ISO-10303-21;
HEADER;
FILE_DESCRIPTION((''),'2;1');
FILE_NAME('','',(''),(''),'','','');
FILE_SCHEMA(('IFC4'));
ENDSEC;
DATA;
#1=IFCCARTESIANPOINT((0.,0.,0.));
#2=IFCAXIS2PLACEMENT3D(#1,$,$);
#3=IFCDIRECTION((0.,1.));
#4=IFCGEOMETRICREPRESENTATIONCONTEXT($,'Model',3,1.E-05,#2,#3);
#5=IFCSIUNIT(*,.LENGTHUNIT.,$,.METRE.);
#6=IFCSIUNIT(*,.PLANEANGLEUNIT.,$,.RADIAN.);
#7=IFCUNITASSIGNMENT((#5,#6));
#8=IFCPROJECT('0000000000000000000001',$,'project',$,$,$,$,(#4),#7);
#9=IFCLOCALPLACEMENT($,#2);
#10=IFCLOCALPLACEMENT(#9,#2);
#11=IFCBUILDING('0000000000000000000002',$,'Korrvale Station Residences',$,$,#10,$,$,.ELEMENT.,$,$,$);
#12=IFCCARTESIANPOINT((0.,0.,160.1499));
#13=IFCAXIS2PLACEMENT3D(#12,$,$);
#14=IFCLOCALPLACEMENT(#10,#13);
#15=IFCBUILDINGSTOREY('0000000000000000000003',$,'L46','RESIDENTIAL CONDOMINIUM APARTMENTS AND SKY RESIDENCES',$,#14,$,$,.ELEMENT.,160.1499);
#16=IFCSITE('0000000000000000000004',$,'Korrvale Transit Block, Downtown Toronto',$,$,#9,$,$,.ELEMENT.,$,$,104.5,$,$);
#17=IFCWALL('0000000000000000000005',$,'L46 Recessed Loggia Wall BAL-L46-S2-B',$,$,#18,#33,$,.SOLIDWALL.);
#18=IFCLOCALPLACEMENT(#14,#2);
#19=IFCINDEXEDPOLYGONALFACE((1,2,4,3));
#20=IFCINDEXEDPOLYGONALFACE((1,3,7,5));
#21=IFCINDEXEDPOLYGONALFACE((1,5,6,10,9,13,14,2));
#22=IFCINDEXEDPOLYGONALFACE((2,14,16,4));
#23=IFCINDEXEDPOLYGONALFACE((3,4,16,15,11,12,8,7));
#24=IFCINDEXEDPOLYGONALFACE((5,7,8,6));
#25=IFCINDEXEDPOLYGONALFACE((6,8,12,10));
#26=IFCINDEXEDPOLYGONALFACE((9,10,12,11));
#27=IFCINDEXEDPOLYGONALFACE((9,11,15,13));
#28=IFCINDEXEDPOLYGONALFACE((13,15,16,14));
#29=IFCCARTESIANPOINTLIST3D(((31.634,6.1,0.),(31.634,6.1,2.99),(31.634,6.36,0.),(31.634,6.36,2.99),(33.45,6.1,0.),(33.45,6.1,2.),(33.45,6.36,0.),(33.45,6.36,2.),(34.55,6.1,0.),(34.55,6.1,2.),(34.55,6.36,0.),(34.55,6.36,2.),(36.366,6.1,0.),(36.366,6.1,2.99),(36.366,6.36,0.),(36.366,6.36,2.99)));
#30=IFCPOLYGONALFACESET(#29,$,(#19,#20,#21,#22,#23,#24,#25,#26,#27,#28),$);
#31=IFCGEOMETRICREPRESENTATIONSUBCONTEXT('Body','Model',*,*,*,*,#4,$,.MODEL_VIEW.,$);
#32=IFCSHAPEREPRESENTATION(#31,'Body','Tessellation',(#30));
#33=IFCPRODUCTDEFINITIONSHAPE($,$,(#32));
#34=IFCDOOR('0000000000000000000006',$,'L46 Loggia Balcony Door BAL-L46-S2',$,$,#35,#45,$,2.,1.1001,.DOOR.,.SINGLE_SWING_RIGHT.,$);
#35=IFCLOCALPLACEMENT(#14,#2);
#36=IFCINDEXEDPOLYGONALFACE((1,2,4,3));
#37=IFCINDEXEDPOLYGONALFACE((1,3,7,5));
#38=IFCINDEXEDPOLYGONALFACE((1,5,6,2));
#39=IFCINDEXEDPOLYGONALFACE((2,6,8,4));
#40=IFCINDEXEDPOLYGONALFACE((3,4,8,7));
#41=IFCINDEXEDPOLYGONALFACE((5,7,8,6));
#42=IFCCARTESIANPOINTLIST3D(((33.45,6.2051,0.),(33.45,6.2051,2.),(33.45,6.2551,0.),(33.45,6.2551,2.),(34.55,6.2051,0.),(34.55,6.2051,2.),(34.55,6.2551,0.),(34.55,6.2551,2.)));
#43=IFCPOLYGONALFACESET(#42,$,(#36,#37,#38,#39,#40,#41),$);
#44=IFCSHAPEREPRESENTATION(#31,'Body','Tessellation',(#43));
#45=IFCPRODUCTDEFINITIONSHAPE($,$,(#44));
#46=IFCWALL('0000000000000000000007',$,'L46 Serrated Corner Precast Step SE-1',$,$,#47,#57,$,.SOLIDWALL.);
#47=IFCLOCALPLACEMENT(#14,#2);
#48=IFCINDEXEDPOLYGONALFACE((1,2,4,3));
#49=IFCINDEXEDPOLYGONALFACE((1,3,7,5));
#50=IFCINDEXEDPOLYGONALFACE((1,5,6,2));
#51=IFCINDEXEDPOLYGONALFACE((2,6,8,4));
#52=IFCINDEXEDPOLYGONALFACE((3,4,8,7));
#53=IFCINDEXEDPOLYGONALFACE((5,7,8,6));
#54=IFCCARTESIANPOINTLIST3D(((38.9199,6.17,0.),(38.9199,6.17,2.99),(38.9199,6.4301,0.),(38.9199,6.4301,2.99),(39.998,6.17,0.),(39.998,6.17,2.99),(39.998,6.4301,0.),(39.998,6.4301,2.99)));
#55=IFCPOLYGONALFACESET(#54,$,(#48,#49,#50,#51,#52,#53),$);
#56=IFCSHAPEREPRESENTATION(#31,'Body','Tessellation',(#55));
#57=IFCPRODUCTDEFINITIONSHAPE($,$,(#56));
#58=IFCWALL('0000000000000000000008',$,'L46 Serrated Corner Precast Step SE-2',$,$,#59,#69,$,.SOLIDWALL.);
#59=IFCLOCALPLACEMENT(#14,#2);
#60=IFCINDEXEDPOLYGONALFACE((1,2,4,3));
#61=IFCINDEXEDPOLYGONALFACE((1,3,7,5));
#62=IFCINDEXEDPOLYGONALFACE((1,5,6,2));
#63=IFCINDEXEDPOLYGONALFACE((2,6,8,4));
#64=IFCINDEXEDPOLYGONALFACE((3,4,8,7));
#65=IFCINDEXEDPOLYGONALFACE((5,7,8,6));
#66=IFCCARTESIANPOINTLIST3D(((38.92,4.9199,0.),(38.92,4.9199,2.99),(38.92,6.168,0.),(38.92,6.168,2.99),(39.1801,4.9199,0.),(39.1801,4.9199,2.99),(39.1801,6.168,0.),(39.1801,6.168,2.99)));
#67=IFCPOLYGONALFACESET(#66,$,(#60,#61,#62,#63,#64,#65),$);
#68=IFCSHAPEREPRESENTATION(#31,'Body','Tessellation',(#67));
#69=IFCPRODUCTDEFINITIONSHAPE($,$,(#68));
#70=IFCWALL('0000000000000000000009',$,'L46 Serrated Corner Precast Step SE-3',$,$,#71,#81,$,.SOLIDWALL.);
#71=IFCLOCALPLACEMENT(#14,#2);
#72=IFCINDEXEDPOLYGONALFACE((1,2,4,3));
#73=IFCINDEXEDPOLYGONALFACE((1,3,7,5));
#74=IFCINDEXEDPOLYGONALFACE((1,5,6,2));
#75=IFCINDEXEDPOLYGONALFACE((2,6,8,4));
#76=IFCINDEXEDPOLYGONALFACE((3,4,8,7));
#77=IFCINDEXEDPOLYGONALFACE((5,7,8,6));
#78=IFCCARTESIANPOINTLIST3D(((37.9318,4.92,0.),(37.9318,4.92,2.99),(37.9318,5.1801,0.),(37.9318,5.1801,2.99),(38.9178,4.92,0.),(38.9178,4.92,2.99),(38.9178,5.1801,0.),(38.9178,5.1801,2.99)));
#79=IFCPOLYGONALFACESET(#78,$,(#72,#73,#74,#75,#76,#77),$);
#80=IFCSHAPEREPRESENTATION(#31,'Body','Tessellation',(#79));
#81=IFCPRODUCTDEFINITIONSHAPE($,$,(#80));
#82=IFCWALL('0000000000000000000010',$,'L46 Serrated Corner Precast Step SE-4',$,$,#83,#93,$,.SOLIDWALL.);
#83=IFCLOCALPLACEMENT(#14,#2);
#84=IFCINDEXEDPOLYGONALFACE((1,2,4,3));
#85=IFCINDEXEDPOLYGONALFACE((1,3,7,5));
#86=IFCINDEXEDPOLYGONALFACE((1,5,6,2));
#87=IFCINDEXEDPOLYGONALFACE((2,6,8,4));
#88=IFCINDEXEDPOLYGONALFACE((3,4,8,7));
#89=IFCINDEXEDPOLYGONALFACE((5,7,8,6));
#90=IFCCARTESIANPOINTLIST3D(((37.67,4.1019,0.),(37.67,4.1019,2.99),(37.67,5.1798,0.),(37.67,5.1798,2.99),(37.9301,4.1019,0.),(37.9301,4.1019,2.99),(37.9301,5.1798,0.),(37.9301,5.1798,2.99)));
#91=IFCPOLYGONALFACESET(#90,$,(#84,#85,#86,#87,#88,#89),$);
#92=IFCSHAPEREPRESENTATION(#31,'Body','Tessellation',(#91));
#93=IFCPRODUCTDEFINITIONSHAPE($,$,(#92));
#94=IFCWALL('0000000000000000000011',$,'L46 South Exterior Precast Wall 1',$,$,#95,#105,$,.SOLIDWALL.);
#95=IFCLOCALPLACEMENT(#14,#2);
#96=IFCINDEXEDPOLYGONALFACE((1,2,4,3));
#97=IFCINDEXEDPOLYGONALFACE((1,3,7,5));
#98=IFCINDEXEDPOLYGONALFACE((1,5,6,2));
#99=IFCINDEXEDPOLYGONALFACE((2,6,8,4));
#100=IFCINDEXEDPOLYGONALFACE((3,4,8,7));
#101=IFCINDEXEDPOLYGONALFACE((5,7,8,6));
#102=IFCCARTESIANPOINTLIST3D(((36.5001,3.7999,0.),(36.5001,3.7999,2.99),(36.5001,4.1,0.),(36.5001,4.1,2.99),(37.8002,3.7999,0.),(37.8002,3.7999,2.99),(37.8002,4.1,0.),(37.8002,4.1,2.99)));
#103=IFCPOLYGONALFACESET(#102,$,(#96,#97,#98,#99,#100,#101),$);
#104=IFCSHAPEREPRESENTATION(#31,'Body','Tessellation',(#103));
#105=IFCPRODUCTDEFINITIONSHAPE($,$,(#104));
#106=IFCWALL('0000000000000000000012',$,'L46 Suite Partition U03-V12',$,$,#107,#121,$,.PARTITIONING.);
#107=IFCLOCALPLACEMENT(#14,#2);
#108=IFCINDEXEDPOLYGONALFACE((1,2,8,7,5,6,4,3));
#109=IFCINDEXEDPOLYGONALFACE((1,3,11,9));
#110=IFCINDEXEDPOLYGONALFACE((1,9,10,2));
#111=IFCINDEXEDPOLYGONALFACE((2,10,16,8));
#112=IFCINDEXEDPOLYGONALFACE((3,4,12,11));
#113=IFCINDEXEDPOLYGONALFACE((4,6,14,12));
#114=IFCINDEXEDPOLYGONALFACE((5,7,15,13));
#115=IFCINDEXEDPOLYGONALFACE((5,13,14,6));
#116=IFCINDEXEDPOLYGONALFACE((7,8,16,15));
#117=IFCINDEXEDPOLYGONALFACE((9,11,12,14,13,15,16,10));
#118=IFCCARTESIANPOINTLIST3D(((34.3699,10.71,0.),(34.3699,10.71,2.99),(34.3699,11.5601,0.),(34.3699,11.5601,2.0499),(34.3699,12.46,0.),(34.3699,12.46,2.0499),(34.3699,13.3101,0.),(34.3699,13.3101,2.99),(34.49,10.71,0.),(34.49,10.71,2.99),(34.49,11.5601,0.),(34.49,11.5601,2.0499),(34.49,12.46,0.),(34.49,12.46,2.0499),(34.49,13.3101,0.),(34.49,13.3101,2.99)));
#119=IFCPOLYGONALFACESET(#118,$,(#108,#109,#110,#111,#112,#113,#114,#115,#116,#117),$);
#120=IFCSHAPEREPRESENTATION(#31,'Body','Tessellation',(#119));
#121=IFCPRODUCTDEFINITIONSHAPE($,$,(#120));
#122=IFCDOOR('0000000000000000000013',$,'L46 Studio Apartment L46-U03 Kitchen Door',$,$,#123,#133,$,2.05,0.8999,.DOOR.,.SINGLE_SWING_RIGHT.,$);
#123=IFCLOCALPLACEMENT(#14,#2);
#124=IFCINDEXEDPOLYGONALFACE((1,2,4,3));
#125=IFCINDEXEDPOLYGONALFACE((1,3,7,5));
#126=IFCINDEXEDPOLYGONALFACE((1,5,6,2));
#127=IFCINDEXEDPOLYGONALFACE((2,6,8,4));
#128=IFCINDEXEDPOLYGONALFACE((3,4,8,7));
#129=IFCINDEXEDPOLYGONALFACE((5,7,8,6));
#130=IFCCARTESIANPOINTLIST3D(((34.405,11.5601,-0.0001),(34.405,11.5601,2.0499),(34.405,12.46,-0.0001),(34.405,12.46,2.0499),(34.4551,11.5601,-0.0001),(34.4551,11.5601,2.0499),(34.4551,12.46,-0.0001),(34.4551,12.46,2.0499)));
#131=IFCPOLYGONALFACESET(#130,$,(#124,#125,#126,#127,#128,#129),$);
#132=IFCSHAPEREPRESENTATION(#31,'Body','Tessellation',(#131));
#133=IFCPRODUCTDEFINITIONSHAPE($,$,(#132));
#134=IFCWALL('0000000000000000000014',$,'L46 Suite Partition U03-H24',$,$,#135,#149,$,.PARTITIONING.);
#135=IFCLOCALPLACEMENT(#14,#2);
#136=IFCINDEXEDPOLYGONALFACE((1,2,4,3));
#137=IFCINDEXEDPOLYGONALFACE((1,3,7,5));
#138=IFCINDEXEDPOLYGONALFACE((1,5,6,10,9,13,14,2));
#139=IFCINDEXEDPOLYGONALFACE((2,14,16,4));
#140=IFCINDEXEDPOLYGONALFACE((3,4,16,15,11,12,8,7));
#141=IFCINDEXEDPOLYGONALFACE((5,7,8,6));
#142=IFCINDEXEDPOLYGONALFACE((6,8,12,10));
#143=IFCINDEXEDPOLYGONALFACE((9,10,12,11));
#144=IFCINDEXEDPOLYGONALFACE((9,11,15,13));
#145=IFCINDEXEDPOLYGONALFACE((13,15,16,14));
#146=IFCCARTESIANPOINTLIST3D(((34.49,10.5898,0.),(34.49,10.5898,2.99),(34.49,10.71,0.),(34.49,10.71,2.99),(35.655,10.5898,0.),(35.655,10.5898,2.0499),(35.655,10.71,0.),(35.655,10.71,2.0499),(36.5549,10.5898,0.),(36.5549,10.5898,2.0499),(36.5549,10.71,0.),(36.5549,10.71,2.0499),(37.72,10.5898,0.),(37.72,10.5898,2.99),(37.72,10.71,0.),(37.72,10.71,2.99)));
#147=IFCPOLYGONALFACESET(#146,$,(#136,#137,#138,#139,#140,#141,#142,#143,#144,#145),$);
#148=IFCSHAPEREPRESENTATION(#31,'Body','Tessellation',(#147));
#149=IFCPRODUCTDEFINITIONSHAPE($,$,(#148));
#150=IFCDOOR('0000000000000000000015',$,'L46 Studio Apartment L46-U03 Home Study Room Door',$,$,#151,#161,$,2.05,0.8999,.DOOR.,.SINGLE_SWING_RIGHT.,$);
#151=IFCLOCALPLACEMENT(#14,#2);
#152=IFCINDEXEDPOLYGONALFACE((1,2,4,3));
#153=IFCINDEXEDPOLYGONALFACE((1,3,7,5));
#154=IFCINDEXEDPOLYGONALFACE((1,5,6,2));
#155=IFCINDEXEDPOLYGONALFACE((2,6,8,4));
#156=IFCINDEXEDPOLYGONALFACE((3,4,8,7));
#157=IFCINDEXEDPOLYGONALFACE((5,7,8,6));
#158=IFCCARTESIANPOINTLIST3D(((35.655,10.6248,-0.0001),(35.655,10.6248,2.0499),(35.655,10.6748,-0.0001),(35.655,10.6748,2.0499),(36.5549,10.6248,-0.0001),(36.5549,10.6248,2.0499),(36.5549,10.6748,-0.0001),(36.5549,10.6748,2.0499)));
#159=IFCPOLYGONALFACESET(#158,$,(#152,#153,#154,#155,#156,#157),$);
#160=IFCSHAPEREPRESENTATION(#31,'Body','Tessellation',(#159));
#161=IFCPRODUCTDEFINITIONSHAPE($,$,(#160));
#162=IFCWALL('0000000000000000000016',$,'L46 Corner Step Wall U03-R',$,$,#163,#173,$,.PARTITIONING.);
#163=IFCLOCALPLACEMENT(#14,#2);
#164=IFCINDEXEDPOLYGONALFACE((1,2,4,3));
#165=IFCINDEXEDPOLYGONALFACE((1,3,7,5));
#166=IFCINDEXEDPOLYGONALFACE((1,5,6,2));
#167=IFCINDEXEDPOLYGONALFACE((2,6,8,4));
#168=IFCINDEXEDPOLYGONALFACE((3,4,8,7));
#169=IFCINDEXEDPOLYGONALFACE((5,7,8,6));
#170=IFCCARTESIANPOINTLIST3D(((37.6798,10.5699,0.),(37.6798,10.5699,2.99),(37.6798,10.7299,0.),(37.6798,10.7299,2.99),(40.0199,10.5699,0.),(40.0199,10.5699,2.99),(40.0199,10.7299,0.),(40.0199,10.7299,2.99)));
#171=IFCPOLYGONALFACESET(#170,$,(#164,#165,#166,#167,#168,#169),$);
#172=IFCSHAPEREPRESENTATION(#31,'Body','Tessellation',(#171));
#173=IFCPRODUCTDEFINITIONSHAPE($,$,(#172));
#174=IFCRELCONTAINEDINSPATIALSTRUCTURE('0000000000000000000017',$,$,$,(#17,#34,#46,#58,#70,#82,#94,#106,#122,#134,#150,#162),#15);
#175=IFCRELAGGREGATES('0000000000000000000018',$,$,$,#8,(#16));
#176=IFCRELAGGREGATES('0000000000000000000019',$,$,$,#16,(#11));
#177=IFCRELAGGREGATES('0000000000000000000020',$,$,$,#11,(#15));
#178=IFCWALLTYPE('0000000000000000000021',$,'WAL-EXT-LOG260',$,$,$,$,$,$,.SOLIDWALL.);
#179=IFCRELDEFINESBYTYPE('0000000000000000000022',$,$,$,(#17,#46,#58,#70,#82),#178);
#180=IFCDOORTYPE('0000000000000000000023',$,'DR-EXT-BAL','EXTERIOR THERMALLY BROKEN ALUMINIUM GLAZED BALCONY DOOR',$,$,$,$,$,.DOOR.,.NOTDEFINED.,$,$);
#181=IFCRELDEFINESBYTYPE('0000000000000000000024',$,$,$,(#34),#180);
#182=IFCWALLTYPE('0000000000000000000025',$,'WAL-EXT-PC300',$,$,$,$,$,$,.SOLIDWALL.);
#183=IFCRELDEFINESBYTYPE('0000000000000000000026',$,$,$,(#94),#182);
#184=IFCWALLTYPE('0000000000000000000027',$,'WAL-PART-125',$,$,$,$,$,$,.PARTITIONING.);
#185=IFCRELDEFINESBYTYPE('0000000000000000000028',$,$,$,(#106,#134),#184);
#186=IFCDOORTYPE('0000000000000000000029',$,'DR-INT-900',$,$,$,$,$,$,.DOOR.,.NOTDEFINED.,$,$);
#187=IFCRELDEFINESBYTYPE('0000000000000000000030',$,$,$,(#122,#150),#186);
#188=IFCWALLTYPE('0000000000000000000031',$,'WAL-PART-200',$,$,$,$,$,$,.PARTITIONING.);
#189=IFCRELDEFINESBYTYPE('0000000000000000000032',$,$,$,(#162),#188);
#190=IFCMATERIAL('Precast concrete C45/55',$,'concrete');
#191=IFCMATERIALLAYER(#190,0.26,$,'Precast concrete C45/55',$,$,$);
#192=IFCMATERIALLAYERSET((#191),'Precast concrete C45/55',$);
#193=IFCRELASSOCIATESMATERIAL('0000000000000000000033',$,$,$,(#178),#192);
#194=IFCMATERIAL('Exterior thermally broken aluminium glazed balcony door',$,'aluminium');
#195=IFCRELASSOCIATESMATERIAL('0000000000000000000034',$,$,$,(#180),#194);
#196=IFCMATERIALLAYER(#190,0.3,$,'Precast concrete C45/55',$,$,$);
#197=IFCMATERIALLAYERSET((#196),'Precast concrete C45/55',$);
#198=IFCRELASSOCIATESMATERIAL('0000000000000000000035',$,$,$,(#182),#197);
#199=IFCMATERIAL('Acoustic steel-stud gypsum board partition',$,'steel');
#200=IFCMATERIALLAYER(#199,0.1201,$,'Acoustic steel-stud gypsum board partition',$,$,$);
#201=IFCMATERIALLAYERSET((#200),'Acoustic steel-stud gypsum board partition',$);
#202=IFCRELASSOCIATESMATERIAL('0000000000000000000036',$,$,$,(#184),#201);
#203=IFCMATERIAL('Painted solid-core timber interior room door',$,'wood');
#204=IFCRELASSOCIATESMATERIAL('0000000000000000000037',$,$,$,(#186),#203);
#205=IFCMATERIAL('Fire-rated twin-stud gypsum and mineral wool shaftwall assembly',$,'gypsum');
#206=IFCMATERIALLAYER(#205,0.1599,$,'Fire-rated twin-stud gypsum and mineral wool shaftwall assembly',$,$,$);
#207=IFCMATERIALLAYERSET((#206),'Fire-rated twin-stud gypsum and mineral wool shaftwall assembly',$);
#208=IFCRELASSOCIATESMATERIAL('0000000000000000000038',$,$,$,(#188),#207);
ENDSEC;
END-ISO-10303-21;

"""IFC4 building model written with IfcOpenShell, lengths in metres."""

from ifc_helpers import new_model, si_unit, direction, frame, frame_2d, origin, place, context, subcontext, project, spatial, rectangle, extrude, material, layer, layer_set, type_object, element, fill, save


model = new_model("IFC4")

# Units and contexts
model_context = context("Model", 3, precision=1e-05, world=origin(), true_north=direction((0.0, 1.0)))
body_context = subcontext(model_context, "Body", "Model", "MODEL_VIEW")
ifc_project = project(units=[si_unit("LENGTHUNIT", "METRE"), si_unit("PLANEANGLEUNIT", "RADIAN")], contexts=[model_context])

# Site, building, storey
site_placement = place(None, origin())
site = spatial("IfcSite", under=ifc_project, at=site_placement, Name="Korrvale Transit Block, Downtown Toronto", CompositionType="ELEMENT", RefElevation=104.5)
building_placement = place(site_placement, origin())
building = spatial("IfcBuilding", under=site, at=building_placement, Name="Korrvale Station Residences", CompositionType="ELEMENT")
storey_placement = place(building_placement, frame((0.0, 0.0, 160.1499)))
storey = spatial("IfcBuildingStorey", under=building, at=storey_placement, Name="L46", Description="RESIDENTIAL CONDOMINIUM APARTMENTS AND SKY RESIDENCES", CompositionType="ELEMENT", Elevation=160.1499)

# Shared definitions
ifc_material_1 = material(Name="Precast concrete C45/55", Category="concrete")
ifc_layer_1 = layer(ifc_material_1, 0.26, Name="Precast concrete C45/55")
ifc_layer_set_1 = layer_set([ifc_layer_1], Name="Precast concrete C45/55")
wall_type_1 = type_object("IfcWallType", Name="WAL-EXT-LOG260", PredefinedType="SOLIDWALL", material=ifc_layer_set_1)

# Wall, opening, door
wall_1_placement = place(storey_placement, frame((36.366, 6.23, 0.0), z_axis=(0.0, 0.0, 1.0), x_axis=(-1.0, 0.0, 0.0)))
wall_1 = element("IfcWall", 1, at=wall_1_placement, inside=storey, type_object=wall_type_1, Name="L46 Recessed Loggia Wall BAL-L46-S2-B", PredefinedType="SOLIDWALL", context=body_context, shape_type="SweptSolid", body=[
    extrude(rectangle(XDim=4.7319, YDim=0.26, at=frame_2d((2.366, 0.0))), origin(), (0.0, 0.0, 1.0), 2.99),
])
opening_1_placement = place(wall_1_placement, frame((1.8159, 0.0, 0.0)))
opening_1 = element("IfcOpeningElement", 2, at=opening_1_placement, cuts=wall_1, PredefinedType="OPENING", context=body_context, shape_type="SweptSolid", body=[
    extrude(rectangle(XDim=1.1001, YDim=2.0, at=frame_2d((0.55, 1.0))), frame((0.0, 0.1401, 0.0), z_axis=(0.0, -1.0, 0.0), x_axis=(1.0, 0.0, 0.0)), (0.0, 0.0, 1.0), 0.28),
])
ifc_material_2 = material(Name="Exterior thermally broken aluminium glazed balcony door", Category="aluminium")
door_type_1 = type_object("IfcDoorType", Name="DR-EXT-BAL", Description="EXTERIOR THERMALLY BROKEN ALUMINIUM GLAZED BALCONY DOOR", OperationType="NOTDEFINED", PredefinedType="DOOR", material=ifc_material_2)
door_1_placement = place(opening_1_placement, origin())
door_1 = element("IfcDoor", 3, at=door_1_placement, inside=storey, type_object=door_type_1, Name="L46 Loggia Balcony Door BAL-L46-S2", OperationType="SINGLE_SWING_RIGHT", OverallHeight=2.0, OverallWidth=1.1001, PredefinedType="DOOR", context=body_context, shape_type="SweptSolid", body=[
    extrude(rectangle(XDim=1.1001, YDim=2.0, at=frame_2d((0.55, 1.0))), frame((0.0, 0.0249, 0.0), z_axis=(0.0, -1.0, 0.0), x_axis=(1.0, 0.0, 0.0)), (0.0, 0.0, 1.0), 0.05),
])
fill(opening_1, door_1)

# Walls
wall_2_placement = place(storey_placement, frame((39.998, 6.3, 0.0), z_axis=(0.0, 0.0, 1.0), x_axis=(-1.0, 0.0, 0.0)))
element("IfcWall", 4, at=wall_2_placement, inside=storey, type_object=wall_type_1, Name="L46 Serrated Corner Precast Step SE-1", PredefinedType="SOLIDWALL", context=body_context, shape_type="SweptSolid", body=[
    extrude(rectangle(XDim=1.0781, YDim=0.26, at=frame_2d((0.5391, 0.0))), origin(), (0.0, 0.0, 1.0), 2.99),
])
wall_3_placement = place(storey_placement, frame((39.05, 6.168, 0.0), z_axis=(0.0, 0.0, 1.0), x_axis=(0.0, -1.0, 0.0)))
element("IfcWall", 5, at=wall_3_placement, inside=storey, type_object=wall_type_1, Name="L46 Serrated Corner Precast Step SE-2", PredefinedType="SOLIDWALL", context=body_context, shape_type="SweptSolid", body=[
    extrude(rectangle(XDim=1.248, YDim=0.26, at=frame_2d((0.624, 0.0))), origin(), (0.0, 0.0, 1.0), 2.99),
])
wall_4_placement = place(storey_placement, frame((38.918, 5.05, 0.0), z_axis=(0.0, 0.0, 1.0), x_axis=(-1.0, 0.0, 0.0)))
element("IfcWall", 6, at=wall_4_placement, inside=storey, type_object=wall_type_1, Name="L46 Serrated Corner Precast Step SE-3", PredefinedType="SOLIDWALL", context=body_context, shape_type="SweptSolid", body=[
    extrude(rectangle(XDim=0.9861, YDim=0.26, at=frame_2d((0.4932, 0.0))), origin(), (0.0, 0.0, 1.0), 2.99),
])
wall_5_placement = place(storey_placement, frame((37.8, 5.1799, 0.0), z_axis=(0.0, 0.0, 1.0), x_axis=(0.0, -1.0, 0.0)))
element("IfcWall", 7, at=wall_5_placement, inside=storey, type_object=wall_type_1, Name="L46 Serrated Corner Precast Step SE-4", PredefinedType="SOLIDWALL", context=body_context, shape_type="SweptSolid", body=[
    extrude(rectangle(XDim=1.0779, YDim=0.26, at=frame_2d((0.5391, 0.0))), origin(), (0.0, 0.0, 1.0), 2.99),
])
ifc_layer_2 = layer(ifc_material_1, 0.3, Name="Precast concrete C45/55")
ifc_layer_set_2 = layer_set([ifc_layer_2], Name="Precast concrete C45/55")
wall_type_2 = type_object("IfcWallType", Name="WAL-EXT-PC300", PredefinedType="SOLIDWALL", material=ifc_layer_set_2)
wall_6_placement = place(storey_placement, frame((37.8, 3.95, 0.0), z_axis=(0.0, 0.0, 1.0), x_axis=(-1.0, 0.0, 0.0)))
element("IfcWall", 8, at=wall_6_placement, inside=storey, type_object=wall_type_2, Name="L46 South Exterior Precast Wall 1", PredefinedType="SOLIDWALL", context=body_context, shape_type="SweptSolid", body=[
    extrude(rectangle(XDim=1.3, YDim=0.3, at=frame_2d((0.6499, 0.0))), origin(), (0.0, 0.0, 1.0), 2.99),
])

# Walls, openings, doors
ifc_material_3 = material(Name="Acoustic steel-stud gypsum board partition", Category="steel")
ifc_layer_3 = layer(ifc_material_3, 0.1201, Name="Acoustic steel-stud gypsum board partition")
ifc_layer_set_3 = layer_set([ifc_layer_3], Name="Acoustic steel-stud gypsum board partition")
wall_type_3 = type_object("IfcWallType", Name="WAL-PART-125", PredefinedType="PARTITIONING", material=ifc_layer_set_3)
wall_7_placement = place(storey_placement, frame((34.4299, 10.71, 0.0), z_axis=(0.0, 0.0, 1.0), x_axis=(0.0, 1.0, 0.0)))
wall_7 = element("IfcWall", 9, at=wall_7_placement, inside=storey, type_object=wall_type_3, Name="L46 Suite Partition U03-V12", PredefinedType="PARTITIONING", context=body_context, shape_type="SweptSolid", body=[
    extrude(rectangle(XDim=2.6001, YDim=0.1201, at=frame_2d((1.3, 0.0))), origin(), (0.0, 0.0, 1.0), 2.99),
])
opening_2_placement = place(wall_7_placement, frame((0.8501, 0.0, 0.0)))
opening_2 = element("IfcOpeningElement", 10, at=opening_2_placement, cuts=wall_7, PredefinedType="OPENING", context=body_context, shape_type="SweptSolid", body=[
    extrude(rectangle(XDim=0.8999, YDim=2.05, at=frame_2d((0.45, 1.0249))), frame((0.0, 0.0701, 0.0), z_axis=(0.0, -1.0, 0.0), x_axis=(1.0, 0.0, 0.0)), (0.0, 0.0, 1.0), 0.1401),
])
ifc_material_4 = material(Name="Painted solid-core timber interior room door", Category="wood")
door_type_2 = type_object("IfcDoorType", Name="DR-INT-900", OperationType="NOTDEFINED", PredefinedType="DOOR", material=ifc_material_4)
door_2_placement = place(opening_2_placement, origin())
door_2 = element("IfcDoor", 11, at=door_2_placement, inside=storey, type_object=door_type_2, Name="L46 Studio Apartment L46-U03 Kitchen Door", OperationType="SINGLE_SWING_RIGHT", OverallHeight=2.05, OverallWidth=0.8999, PredefinedType="DOOR", context=body_context, shape_type="SweptSolid", body=[
    extrude(rectangle(XDim=0.8999, YDim=2.05, at=frame_2d((0.45, 1.0249))), frame((0.0, 0.0249, 0.0), z_axis=(0.0, -1.0, 0.0), x_axis=(1.0, 0.0, 0.0)), (0.0, 0.0, 1.0), 0.05),
])
fill(opening_2, door_2)
wall_8_placement = place(storey_placement, frame((34.49, 10.6499, 0.0), z_axis=(0.0, 0.0, 1.0), x_axis=(1.0, 0.0, 0.0)))
wall_8 = element("IfcWall", 12, at=wall_8_placement, inside=storey, type_object=wall_type_3, Name="L46 Suite Partition U03-H24", PredefinedType="PARTITIONING", context=body_context, shape_type="SweptSolid", body=[
    extrude(rectangle(XDim=3.23, YDim=0.1201, at=frame_2d((1.615, 0.0))), origin(), (0.0, 0.0, 1.0), 2.99),
])
opening_3_placement = place(wall_8_placement, frame((1.165, 0.0, 0.0)))
opening_3 = element("IfcOpeningElement", 13, at=opening_3_placement, cuts=wall_8, PredefinedType="OPENING", context=body_context, shape_type="SweptSolid", body=[
    extrude(rectangle(XDim=0.8999, YDim=2.05, at=frame_2d((0.45, 1.0249))), frame((0.0, 0.0701, 0.0), z_axis=(0.0, -1.0, 0.0), x_axis=(1.0, 0.0, 0.0)), (0.0, 0.0, 1.0), 0.1401),
])
door_3_placement = place(opening_3_placement, origin())
door_3 = element("IfcDoor", 14, at=door_3_placement, inside=storey, type_object=door_type_2, Name="L46 Studio Apartment L46-U03 Home Study Room Door", OperationType="SINGLE_SWING_RIGHT", OverallHeight=2.05, OverallWidth=0.8999, PredefinedType="DOOR", context=body_context, shape_type="SweptSolid", body=[
    extrude(rectangle(XDim=0.8999, YDim=2.05, at=frame_2d((0.45, 1.0249))), frame((0.0, 0.0249, 0.0), z_axis=(0.0, -1.0, 0.0), x_axis=(1.0, 0.0, 0.0)), (0.0, 0.0, 1.0), 0.05),
])
fill(opening_3, door_3)

# Wall
ifc_material_5 = material(Name="Fire-rated twin-stud gypsum and mineral wool shaftwall assembly", Category="gypsum")
ifc_layer_4 = layer(ifc_material_5, 0.1599, Name="Fire-rated twin-stud gypsum and mineral wool shaftwall assembly")
ifc_layer_set_4 = layer_set([ifc_layer_4], Name="Fire-rated twin-stud gypsum and mineral wool shaftwall assembly")
wall_type_4 = type_object("IfcWallType", Name="WAL-PART-200", PredefinedType="PARTITIONING", material=ifc_layer_set_4)
wall_9_placement = place(storey_placement, frame((37.6799, 10.6499, 0.0), z_axis=(0.0, 0.0, 1.0), x_axis=(1.0, 0.0, 0.0)))
element("IfcWall", 15, at=wall_9_placement, inside=storey, type_object=wall_type_4, Name="L46 Corner Step Wall U03-R", PredefinedType="PARTITIONING", context=body_context, shape_type="SweptSolid", body=[
    extrude(rectangle(XDim=2.3401, YDim=0.1599, at=frame_2d((1.1699, 0.0))), origin(), (0.0, 0.0, 1.0), 2.99),
])

save(model, "model.ifc")
